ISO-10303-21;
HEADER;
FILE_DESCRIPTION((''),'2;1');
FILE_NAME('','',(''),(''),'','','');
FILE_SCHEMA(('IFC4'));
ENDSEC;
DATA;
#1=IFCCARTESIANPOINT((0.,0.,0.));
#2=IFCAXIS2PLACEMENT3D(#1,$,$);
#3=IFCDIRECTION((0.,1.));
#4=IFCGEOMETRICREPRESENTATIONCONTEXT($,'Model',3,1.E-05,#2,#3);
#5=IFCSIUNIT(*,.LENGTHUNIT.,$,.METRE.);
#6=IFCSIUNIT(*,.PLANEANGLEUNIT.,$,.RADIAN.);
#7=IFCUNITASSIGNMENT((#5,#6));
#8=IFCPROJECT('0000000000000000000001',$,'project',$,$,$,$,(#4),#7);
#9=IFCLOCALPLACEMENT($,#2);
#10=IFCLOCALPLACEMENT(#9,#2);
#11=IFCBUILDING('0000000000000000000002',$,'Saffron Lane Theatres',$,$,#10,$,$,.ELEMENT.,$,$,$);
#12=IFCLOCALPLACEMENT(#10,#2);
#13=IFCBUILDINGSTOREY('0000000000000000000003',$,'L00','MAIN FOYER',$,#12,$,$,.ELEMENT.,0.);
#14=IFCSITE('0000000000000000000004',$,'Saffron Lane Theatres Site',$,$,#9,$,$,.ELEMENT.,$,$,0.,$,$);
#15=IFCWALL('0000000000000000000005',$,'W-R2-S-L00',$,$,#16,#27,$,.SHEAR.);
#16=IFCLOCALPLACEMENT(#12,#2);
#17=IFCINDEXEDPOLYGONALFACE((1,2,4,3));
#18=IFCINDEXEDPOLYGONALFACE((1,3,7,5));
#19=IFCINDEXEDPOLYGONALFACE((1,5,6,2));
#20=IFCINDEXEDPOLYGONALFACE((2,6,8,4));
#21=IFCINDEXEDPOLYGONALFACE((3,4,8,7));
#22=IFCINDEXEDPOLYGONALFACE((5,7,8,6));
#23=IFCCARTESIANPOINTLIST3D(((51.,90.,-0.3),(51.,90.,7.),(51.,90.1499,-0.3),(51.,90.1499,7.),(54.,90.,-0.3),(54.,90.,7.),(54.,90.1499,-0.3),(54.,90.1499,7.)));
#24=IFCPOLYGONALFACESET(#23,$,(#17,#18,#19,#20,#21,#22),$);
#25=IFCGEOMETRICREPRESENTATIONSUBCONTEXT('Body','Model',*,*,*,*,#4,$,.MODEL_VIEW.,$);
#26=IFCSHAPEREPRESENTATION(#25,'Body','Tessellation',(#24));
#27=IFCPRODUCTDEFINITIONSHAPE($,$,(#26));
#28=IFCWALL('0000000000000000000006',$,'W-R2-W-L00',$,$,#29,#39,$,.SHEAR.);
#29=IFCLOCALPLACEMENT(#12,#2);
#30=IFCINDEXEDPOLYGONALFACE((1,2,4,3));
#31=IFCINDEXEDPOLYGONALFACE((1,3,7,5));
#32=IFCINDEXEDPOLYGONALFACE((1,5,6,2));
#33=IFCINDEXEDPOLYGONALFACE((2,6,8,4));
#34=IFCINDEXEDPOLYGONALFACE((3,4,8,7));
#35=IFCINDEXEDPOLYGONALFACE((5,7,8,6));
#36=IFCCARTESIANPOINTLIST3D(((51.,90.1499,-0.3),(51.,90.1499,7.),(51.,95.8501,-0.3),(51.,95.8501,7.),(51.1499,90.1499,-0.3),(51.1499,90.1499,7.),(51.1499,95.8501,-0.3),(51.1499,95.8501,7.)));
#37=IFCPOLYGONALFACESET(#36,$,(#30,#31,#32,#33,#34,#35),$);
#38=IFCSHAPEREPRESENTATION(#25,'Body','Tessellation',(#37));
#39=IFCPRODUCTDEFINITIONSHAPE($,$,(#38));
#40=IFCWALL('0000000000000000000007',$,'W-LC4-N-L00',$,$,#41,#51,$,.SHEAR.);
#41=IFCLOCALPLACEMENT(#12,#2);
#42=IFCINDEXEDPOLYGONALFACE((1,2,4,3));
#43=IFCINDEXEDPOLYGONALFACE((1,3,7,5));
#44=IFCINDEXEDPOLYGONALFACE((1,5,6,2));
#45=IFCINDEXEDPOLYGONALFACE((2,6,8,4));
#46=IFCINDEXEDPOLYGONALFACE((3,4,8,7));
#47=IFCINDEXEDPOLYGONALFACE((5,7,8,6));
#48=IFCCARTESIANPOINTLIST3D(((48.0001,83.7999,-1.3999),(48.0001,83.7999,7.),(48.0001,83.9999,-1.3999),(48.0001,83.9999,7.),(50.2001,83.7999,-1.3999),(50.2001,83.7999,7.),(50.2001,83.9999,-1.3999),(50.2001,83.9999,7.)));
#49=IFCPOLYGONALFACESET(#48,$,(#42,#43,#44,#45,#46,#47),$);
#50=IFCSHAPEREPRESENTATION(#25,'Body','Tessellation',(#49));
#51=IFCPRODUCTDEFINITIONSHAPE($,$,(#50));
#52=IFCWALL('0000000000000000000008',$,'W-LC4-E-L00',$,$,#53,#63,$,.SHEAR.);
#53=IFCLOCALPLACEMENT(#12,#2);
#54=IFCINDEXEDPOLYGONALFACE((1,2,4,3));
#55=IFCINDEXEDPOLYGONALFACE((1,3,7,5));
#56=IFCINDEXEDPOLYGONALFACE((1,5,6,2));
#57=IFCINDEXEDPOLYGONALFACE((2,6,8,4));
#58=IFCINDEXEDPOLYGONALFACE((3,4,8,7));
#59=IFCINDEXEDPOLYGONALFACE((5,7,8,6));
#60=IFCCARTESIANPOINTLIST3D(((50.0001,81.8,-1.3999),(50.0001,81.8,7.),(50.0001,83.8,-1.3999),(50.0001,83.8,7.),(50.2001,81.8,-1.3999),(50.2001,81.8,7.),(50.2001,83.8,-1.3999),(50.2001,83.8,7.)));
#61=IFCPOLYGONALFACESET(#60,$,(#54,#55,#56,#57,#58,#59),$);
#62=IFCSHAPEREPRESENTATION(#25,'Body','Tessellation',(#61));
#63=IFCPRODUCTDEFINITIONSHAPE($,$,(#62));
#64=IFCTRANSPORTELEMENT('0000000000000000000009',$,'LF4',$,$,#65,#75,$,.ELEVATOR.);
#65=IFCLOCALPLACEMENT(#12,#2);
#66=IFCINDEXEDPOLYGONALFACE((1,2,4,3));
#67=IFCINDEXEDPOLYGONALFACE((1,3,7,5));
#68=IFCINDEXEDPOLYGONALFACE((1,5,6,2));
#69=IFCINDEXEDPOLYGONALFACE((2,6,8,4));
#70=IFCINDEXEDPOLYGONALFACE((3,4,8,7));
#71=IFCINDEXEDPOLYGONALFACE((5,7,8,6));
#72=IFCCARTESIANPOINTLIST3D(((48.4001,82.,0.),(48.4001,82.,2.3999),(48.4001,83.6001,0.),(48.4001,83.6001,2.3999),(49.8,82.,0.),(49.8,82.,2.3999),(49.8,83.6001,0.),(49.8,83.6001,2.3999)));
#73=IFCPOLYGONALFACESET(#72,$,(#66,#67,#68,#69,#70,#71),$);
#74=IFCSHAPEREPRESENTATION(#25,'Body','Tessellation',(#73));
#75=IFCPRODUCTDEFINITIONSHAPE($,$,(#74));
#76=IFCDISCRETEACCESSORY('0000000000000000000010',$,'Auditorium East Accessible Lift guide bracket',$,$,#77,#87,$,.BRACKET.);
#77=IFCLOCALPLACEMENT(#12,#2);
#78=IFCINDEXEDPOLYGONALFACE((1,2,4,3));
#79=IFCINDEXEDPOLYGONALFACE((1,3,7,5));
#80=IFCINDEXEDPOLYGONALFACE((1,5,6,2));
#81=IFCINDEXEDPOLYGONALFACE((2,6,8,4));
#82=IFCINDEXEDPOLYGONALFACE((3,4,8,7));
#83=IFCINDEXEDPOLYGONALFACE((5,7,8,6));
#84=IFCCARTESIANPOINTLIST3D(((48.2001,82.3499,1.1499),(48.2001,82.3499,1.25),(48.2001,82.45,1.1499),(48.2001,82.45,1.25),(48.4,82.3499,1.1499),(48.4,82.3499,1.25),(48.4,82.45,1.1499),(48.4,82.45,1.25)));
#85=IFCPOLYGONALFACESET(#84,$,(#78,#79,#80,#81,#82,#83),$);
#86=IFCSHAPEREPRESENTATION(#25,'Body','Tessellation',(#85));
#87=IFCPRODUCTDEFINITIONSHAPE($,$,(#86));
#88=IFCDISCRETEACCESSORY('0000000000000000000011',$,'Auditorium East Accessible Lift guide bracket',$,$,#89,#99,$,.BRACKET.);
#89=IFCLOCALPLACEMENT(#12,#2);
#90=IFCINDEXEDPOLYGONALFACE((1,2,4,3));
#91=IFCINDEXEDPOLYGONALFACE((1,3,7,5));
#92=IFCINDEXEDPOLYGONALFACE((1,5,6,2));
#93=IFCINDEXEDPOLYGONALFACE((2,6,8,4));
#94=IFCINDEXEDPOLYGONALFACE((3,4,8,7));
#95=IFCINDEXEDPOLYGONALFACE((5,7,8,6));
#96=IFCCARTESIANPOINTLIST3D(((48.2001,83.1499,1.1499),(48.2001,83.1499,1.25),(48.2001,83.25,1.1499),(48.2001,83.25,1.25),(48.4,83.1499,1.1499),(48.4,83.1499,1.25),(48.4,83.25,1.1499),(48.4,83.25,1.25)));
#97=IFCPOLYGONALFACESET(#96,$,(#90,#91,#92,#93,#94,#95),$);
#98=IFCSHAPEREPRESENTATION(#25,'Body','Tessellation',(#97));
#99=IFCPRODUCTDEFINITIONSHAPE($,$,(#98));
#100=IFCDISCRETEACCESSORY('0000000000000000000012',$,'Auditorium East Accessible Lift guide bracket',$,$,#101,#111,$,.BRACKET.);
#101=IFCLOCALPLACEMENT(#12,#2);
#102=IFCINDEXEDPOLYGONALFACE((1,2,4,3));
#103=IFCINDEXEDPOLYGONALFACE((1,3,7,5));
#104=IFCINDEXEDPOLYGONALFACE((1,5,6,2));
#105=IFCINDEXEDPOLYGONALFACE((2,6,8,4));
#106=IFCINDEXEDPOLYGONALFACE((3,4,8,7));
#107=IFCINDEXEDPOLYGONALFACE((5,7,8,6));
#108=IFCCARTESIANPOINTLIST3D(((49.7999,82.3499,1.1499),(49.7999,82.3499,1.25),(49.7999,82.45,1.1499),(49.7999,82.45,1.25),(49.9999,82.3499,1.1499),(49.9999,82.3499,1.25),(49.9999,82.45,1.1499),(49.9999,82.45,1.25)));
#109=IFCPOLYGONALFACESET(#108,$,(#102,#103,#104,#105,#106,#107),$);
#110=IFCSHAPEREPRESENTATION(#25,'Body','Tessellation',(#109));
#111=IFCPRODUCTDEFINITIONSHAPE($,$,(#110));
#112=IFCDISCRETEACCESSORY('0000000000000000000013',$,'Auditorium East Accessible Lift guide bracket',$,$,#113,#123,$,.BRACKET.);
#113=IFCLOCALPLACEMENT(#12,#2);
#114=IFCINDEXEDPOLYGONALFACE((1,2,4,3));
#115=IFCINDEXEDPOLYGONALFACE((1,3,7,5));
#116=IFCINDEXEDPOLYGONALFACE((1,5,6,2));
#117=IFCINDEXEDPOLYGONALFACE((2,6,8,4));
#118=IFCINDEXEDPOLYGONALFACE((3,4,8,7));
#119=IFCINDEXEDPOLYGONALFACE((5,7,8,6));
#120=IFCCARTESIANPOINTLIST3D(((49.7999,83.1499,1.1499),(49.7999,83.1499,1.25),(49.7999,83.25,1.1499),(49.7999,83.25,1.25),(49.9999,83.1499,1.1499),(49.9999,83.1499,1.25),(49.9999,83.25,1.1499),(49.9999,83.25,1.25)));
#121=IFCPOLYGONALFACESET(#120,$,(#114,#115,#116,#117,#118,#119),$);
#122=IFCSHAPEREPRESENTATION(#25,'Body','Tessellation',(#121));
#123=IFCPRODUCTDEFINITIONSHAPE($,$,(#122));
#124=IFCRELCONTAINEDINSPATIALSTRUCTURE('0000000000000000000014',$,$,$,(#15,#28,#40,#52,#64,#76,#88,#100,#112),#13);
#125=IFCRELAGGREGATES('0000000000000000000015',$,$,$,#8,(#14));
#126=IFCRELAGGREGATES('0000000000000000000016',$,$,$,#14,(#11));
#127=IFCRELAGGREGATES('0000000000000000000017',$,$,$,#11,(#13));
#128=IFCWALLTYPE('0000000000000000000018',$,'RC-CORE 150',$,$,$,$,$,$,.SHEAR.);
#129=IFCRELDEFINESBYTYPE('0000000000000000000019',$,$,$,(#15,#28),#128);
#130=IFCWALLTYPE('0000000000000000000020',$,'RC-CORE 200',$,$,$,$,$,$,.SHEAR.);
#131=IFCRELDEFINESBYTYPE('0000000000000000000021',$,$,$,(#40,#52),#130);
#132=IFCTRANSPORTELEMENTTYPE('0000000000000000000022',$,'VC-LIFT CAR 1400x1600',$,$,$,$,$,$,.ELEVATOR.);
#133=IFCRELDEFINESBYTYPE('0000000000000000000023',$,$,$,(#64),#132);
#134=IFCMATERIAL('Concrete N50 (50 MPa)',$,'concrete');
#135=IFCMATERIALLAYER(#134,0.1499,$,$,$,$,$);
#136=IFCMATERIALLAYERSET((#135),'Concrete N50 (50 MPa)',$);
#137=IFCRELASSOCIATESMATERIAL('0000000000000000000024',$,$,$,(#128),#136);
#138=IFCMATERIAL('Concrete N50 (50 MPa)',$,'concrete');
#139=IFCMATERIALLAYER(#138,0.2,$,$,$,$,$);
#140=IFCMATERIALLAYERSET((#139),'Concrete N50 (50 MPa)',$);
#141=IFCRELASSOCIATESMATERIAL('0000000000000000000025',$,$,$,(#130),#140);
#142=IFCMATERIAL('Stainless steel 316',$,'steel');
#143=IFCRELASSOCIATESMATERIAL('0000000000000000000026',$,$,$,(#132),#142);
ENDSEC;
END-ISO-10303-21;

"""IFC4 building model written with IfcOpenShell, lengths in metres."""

from ifc_helpers import new_model, si_unit, direction, frame, frame_2d, origin, origin_2d, place, context, subcontext, project, spatial, rectangle, extrude, material, layer, layer_set, type_object, element, save


model = new_model("IFC4")

# Units and contexts
model_context = context("Model", 3, precision=1e-05, world=origin(), true_north=direction((0.0, 1.0)))
body_context = subcontext(model_context, "Body", "Model", "MODEL_VIEW")
ifc_project = project(units=[si_unit("LENGTHUNIT", "METRE"), si_unit("PLANEANGLEUNIT", "RADIAN")], contexts=[model_context])

# Site, building, storey
site_placement = place(None, origin())
site = spatial("IfcSite", under=ifc_project, at=site_placement, Name="Saffron Lane Theatres Site", CompositionType="ELEMENT", RefElevation=0.0)
building_placement = place(site_placement, origin())
building = spatial("IfcBuilding", under=site, at=building_placement, Name="Saffron Lane Theatres", CompositionType="ELEMENT")
storey_placement = place(building_placement, origin())
storey = spatial("IfcBuildingStorey", under=building, at=storey_placement, Name="L00", Description="MAIN FOYER", CompositionType="ELEMENT", Elevation=0.0)

# Walls
ifc_material_1 = material(Name="Concrete N50 (50 MPa)", Category="concrete")
ifc_layer_1 = layer(ifc_material_1, 0.1499)
ifc_layer_set_1 = layer_set([ifc_layer_1], Name="Concrete N50 (50 MPa)")
wall_type_1 = type_object("IfcWallType", Name="RC-CORE 150", PredefinedType="SHEAR", material=ifc_layer_set_1)
wall_1_placement = place(storey_placement, frame((51.0, 90.075, -0.3), z_axis=(0.0, 0.0, 1.0), x_axis=(1.0, 0.0, 0.0)))
element("IfcWall", 1, at=wall_1_placement, inside=storey, type_object=wall_type_1, Name="W-R2-S-L00", PredefinedType="SHEAR", context=body_context, shape_type="SweptSolid", body=[
    extrude(rectangle(XDim=3.0, YDim=0.1499, at=frame_2d((1.5, 0.0))), origin(), (0.0, 0.0, 1.0), 7.3),
])
wall_2_placement = place(storey_placement, frame((51.075, 90.1499, -0.3), z_axis=(0.0, 0.0, 1.0), x_axis=(0.0, 1.0, 0.0)))
element("IfcWall", 2, at=wall_2_placement, inside=storey, type_object=wall_type_1, Name="W-R2-W-L00", PredefinedType="SHEAR", context=body_context, shape_type="SweptSolid", body=[
    extrude(rectangle(XDim=5.7002, YDim=0.1499, at=frame_2d((2.8501, 0.0))), origin(), (0.0, 0.0, 1.0), 7.3),
])
ifc_material_2 = material(Name="Concrete N50 (50 MPa)", Category="concrete")
ifc_layer_2 = layer(ifc_material_2, 0.2)
ifc_layer_set_2 = layer_set([ifc_layer_2], Name="Concrete N50 (50 MPa)")
wall_type_2 = type_object("IfcWallType", Name="RC-CORE 200", PredefinedType="SHEAR", material=ifc_layer_set_2)
wall_3_placement = place(storey_placement, frame((48.0, 83.8999, -1.3999), z_axis=(0.0, 0.0, 1.0), x_axis=(1.0, 0.0, 0.0)))
element("IfcWall", 3, at=wall_3_placement, inside=storey, type_object=wall_type_2, Name="W-LC4-N-L00", PredefinedType="SHEAR", context=body_context, shape_type="SweptSolid", body=[
    extrude(rectangle(XDim=2.2, YDim=0.2, at=frame_2d((1.1001, 0.0))), origin(), (0.0, 0.0, 1.0), 8.3999),
])
wall_4_placement = place(storey_placement, frame((50.1001, 81.8, -1.3999), z_axis=(0.0, 0.0, 1.0), x_axis=(0.0, 1.0, 0.0)))
element("IfcWall", 4, at=wall_4_placement, inside=storey, type_object=wall_type_2, Name="W-LC4-E-L00", PredefinedType="SHEAR", context=body_context, shape_type="SweptSolid", body=[
    extrude(rectangle(XDim=2.0, YDim=0.2, at=frame_2d((1.0, 0.0))), origin(), (0.0, 0.0, 1.0), 8.3999),
])

# Transport element
ifc_material_3 = material(Name="Stainless steel 316", Category="steel")
transport_element_type = type_object("IfcTransportElementType", Name="VC-LIFT CAR 1400x1600", PredefinedType="ELEVATOR", material=ifc_material_3)
transport_element_placement = place(storey_placement, frame((49.1001, 82.8, 0.0), z_axis=(0.0, 0.0, 1.0), x_axis=(1.0, 0.0, 0.0)))
element("IfcTransportElement", 5, at=transport_element_placement, inside=storey, type_object=transport_element_type, Name="LF4", PredefinedType="ELEVATOR", context=body_context, shape_type="SweptSolid", body=[
    extrude(rectangle(XDim=1.3999, YDim=1.6001, at=origin_2d()), origin(), (0.0, 0.0, 1.0), 2.3999),
])

# Discrete accessories
for number, where, z_axis, x_axis, name in (
    (6, (48.3, 82.3999, 1.1499), (0.0, 0.0, 1.0), (1.0, 0.0, 0.0), "Auditorium East Accessible Lift guide bracket"),
    (7, (48.3, 83.2, 1.1499), (0.0, 0.0, 1.0), (1.0, 0.0, 0.0), "Auditorium East Accessible Lift guide bracket"),
    (8, (49.8999, 82.3999, 1.1499), (0.0, 0.0, 1.0), (1.0, 0.0, 0.0), "Auditorium East Accessible Lift guide bracket"),
    (9, (49.8999, 83.2, 1.1499), (0.0, 0.0, 1.0), (1.0, 0.0, 0.0), "Auditorium East Accessible Lift guide bracket"),
):
    element("IfcDiscreteAccessory", number, at=place(storey_placement, frame(where, z_axis=z_axis, x_axis=x_axis)), inside=storey, Name=name, PredefinedType="BRACKET", context=body_context, shape_type="SweptSolid", body=[
        extrude(rectangle(XDim=0.2, YDim=0.1001, at=origin_2d()), origin(), (0.0, 0.0, 1.0), 0.1001),
    ])

save(model, "model.ifc")
